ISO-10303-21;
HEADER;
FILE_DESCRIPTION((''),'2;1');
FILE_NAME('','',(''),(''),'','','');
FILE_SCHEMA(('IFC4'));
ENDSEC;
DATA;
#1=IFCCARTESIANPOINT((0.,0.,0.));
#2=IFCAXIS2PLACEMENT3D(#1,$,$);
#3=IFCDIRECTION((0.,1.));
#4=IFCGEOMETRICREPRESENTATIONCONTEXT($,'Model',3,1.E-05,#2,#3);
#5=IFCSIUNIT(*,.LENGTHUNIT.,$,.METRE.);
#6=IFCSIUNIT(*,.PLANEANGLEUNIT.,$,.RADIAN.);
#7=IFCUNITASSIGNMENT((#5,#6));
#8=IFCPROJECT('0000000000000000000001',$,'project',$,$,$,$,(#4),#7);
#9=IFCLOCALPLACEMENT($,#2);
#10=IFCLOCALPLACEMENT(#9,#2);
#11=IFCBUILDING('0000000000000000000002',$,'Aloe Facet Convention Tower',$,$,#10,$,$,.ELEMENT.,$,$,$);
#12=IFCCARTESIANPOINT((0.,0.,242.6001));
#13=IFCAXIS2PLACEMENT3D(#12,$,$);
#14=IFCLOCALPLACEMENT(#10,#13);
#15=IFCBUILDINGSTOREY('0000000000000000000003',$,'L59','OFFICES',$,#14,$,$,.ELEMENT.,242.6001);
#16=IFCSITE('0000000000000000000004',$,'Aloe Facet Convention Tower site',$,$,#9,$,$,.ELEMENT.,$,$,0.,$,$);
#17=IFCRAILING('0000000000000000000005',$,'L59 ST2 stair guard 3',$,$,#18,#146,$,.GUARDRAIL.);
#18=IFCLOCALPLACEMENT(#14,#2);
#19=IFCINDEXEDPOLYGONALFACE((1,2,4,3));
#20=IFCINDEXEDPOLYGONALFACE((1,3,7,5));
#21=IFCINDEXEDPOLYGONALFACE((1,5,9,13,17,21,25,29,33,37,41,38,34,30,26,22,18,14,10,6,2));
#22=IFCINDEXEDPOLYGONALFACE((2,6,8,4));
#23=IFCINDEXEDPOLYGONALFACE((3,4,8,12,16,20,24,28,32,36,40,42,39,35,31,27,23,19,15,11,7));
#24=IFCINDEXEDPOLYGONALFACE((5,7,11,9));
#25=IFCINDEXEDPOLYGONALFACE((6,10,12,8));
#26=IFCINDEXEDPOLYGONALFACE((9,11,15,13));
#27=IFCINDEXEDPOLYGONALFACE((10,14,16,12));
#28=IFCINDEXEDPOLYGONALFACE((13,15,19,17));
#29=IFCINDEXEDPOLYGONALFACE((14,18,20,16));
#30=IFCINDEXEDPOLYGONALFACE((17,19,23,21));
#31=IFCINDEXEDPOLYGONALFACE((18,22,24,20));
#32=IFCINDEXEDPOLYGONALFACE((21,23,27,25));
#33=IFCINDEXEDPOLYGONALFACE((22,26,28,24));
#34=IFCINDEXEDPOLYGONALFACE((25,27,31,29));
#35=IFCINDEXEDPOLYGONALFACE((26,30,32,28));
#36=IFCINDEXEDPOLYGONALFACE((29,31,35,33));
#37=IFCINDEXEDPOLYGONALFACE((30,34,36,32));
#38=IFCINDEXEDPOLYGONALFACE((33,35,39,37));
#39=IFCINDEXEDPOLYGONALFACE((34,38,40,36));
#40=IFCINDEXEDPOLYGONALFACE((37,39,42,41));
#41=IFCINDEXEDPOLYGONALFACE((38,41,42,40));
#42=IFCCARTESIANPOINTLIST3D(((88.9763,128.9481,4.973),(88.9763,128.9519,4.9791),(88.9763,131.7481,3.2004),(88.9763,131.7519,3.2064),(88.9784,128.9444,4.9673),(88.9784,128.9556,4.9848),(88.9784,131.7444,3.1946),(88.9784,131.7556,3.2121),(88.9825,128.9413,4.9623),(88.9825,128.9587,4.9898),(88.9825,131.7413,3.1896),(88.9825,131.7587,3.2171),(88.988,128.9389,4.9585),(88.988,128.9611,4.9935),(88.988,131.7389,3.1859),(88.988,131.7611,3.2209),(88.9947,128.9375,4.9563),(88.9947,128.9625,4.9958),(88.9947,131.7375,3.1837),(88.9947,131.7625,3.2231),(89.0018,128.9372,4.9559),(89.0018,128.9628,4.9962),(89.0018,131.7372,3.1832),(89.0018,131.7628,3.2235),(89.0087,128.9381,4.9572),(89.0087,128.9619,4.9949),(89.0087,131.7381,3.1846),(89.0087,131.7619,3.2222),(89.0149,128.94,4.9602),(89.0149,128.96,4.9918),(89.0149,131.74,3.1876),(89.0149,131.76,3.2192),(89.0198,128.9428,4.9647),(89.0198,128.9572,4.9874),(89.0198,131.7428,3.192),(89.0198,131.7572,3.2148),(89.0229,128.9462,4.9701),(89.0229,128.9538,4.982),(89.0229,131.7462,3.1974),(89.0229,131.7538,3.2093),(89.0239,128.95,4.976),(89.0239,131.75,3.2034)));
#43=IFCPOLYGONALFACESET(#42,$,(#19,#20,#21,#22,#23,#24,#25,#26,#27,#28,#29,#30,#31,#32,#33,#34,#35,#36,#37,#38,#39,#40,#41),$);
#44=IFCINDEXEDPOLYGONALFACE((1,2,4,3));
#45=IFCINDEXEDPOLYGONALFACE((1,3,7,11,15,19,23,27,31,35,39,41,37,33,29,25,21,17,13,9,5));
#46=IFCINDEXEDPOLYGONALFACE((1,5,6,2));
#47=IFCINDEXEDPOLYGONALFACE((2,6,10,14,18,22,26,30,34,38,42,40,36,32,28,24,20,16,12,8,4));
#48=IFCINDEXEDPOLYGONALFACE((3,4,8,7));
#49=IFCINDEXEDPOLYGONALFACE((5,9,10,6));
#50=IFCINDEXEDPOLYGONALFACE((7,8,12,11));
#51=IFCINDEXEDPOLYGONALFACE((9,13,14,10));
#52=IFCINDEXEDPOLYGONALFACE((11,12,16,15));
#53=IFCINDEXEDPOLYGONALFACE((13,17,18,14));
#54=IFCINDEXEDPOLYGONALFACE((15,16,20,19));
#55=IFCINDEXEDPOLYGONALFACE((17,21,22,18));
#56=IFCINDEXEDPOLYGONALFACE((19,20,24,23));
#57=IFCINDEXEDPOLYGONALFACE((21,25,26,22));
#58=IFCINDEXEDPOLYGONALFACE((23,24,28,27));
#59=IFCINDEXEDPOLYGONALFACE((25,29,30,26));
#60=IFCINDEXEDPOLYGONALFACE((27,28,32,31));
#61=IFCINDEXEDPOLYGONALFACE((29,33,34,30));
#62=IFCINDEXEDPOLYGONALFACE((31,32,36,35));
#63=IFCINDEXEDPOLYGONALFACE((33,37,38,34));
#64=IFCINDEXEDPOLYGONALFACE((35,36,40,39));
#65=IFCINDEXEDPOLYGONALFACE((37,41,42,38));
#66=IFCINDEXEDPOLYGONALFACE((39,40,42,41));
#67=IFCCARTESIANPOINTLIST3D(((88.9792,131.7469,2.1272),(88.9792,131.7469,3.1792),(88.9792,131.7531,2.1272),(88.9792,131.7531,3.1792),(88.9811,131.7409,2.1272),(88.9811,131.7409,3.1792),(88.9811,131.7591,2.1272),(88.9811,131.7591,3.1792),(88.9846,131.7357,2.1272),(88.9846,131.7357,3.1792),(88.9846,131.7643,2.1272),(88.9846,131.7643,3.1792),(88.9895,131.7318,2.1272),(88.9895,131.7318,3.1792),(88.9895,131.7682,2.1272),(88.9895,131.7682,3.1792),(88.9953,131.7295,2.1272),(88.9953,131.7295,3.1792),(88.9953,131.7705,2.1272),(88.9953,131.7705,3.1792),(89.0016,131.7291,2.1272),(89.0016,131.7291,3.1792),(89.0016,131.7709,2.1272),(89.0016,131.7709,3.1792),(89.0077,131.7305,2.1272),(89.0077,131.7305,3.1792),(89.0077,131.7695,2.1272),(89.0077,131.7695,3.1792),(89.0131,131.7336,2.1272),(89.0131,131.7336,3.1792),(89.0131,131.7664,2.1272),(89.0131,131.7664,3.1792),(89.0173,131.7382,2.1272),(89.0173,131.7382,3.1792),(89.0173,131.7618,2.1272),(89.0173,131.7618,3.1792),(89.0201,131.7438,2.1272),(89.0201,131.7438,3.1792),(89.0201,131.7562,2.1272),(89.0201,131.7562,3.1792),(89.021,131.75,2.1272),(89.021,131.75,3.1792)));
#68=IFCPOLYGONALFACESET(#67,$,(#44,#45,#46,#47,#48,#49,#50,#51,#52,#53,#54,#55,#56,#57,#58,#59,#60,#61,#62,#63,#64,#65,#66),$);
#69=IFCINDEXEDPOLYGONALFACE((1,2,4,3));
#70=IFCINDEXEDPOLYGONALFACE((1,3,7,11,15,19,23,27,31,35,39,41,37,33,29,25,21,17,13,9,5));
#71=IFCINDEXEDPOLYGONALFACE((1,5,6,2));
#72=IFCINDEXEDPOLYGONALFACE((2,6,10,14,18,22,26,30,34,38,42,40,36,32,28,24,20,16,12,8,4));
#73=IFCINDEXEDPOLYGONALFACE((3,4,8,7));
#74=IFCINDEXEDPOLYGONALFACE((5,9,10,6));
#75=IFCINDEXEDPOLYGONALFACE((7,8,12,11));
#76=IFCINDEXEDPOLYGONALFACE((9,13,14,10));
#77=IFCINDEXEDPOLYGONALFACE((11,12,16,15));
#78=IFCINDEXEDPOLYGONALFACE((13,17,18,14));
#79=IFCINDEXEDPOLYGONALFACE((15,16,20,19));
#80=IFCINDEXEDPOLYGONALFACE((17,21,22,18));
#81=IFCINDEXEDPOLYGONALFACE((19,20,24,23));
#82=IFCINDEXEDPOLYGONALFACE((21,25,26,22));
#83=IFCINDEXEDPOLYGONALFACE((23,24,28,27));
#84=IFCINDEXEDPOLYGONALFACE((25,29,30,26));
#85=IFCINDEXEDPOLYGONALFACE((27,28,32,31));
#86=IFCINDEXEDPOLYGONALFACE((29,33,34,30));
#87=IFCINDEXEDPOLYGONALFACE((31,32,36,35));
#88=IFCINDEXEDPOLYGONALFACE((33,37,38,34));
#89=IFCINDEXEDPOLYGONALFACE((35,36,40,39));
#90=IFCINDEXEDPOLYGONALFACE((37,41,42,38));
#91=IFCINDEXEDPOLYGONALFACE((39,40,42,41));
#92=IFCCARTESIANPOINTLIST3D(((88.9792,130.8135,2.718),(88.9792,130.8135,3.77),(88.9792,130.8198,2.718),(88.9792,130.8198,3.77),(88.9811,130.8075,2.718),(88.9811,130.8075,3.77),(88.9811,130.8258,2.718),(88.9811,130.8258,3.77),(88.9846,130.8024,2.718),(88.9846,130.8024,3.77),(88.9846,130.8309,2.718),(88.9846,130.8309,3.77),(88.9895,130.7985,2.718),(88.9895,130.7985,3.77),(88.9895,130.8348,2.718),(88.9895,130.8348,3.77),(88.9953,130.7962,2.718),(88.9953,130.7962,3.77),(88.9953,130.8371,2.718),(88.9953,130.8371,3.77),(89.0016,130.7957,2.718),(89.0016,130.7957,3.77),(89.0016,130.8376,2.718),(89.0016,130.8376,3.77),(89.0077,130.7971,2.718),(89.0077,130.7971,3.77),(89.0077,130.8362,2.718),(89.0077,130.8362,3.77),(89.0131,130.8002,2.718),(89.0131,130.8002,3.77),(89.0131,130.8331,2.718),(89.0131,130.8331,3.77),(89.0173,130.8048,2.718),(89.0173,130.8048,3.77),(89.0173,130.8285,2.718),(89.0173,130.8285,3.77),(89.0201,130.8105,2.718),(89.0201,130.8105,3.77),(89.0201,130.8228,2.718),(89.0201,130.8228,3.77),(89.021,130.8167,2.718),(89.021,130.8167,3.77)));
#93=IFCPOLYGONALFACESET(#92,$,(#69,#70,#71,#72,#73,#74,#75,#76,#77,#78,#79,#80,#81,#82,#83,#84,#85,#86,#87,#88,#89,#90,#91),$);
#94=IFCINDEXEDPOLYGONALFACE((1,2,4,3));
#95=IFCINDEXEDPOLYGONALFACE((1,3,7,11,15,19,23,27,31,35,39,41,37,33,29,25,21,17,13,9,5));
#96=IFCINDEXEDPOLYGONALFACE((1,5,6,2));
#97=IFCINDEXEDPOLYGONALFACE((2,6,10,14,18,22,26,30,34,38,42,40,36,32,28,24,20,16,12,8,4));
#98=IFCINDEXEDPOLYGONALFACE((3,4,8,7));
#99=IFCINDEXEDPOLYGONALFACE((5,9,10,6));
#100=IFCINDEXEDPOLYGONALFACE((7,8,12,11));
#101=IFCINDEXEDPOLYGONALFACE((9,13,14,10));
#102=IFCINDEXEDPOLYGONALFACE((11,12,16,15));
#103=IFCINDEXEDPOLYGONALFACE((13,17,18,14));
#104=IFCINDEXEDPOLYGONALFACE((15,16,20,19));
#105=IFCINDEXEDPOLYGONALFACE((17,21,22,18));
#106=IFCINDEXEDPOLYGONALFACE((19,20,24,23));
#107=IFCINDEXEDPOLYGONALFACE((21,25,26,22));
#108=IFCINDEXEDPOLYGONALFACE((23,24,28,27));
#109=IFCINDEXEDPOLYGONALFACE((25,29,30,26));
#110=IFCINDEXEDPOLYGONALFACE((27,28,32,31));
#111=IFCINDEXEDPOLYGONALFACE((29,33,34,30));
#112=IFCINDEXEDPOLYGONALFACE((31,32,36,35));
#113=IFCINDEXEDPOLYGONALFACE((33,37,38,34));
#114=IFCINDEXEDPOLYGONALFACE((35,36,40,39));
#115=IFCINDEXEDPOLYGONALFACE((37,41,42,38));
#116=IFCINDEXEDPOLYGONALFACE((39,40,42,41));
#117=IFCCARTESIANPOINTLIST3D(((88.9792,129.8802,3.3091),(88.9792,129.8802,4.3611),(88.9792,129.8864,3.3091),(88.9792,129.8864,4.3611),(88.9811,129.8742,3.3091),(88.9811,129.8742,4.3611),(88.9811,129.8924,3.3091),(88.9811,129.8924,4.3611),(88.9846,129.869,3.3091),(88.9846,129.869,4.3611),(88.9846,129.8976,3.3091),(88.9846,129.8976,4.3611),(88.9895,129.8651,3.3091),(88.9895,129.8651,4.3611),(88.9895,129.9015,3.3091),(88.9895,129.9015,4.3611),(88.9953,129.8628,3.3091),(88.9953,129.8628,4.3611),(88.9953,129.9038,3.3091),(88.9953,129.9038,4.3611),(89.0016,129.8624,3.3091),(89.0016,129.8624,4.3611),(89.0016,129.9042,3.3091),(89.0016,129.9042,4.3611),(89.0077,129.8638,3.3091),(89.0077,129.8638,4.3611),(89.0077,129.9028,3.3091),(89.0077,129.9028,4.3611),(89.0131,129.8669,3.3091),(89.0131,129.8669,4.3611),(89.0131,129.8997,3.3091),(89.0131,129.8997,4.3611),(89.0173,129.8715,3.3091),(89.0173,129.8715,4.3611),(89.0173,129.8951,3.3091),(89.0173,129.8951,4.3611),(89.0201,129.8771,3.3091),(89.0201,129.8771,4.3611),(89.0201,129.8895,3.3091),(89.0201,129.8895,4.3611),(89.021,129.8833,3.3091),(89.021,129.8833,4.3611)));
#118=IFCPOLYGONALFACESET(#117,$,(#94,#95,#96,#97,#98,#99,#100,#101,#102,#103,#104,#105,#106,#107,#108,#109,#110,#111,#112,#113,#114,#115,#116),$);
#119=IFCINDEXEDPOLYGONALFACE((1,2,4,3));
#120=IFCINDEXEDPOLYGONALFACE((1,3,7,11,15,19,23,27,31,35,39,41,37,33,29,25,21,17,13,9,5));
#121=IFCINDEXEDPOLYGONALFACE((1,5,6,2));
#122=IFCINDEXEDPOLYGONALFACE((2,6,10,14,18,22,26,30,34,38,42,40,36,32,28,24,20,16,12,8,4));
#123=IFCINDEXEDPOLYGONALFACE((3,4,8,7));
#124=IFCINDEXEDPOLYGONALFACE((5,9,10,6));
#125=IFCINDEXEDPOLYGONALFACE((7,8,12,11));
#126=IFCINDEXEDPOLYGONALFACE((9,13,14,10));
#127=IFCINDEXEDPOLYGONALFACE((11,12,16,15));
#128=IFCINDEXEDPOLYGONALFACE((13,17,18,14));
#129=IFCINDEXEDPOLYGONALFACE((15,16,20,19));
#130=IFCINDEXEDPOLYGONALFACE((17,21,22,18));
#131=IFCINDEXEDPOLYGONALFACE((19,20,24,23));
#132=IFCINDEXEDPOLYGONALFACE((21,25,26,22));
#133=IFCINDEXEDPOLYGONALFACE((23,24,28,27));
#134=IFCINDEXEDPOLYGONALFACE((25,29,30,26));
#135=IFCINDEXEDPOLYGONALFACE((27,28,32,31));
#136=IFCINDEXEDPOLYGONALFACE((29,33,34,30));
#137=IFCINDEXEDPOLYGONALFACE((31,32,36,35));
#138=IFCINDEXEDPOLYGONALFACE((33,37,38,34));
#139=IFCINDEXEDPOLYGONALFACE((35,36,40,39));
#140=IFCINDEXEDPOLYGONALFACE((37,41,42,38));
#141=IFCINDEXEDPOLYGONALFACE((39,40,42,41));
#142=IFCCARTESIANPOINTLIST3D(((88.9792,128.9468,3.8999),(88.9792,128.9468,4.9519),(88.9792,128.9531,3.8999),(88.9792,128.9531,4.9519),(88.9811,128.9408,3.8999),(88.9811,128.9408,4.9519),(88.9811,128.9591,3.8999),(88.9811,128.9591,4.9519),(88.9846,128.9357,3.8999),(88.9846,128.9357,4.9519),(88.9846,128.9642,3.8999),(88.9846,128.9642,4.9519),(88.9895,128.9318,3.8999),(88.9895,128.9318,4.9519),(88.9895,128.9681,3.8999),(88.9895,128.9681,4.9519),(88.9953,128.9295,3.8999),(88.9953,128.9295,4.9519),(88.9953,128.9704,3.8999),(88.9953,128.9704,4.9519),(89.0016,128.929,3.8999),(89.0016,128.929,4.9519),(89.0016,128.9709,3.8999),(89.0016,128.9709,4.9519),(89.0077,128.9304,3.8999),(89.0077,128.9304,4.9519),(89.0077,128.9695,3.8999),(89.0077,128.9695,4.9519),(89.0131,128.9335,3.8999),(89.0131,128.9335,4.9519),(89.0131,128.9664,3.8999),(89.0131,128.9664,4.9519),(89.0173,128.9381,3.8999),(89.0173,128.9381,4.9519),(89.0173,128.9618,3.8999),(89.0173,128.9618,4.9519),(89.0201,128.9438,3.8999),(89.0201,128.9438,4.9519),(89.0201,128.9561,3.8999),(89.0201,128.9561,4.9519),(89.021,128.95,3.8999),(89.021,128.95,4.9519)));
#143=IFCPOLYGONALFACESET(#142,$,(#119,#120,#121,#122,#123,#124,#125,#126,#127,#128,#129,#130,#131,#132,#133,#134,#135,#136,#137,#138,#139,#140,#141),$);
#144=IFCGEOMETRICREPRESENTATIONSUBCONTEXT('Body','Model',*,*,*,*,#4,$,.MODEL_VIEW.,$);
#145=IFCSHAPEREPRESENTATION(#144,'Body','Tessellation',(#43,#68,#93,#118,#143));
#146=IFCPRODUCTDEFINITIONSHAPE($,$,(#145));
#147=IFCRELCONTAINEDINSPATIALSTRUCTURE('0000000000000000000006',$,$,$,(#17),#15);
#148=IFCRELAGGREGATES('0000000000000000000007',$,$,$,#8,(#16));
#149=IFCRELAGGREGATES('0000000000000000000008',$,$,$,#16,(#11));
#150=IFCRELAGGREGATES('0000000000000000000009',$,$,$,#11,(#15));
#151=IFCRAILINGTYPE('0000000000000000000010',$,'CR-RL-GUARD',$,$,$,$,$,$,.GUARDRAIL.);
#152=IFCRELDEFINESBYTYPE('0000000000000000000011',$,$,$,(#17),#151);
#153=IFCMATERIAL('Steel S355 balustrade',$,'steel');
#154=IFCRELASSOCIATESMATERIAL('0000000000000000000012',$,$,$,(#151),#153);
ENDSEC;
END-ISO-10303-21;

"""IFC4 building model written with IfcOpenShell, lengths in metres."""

from ifc_helpers import new_model, si_unit, direction, frame, origin, origin_2d, place, context, subcontext, project, spatial, circle, extrude, material, type_object, element, save


model = new_model("IFC4")

# Units and contexts
model_context = context("Model", 3, precision=1e-05, world=origin(), true_north=direction((0.0, 1.0)))
body_context = subcontext(model_context, "Body", "Model", "MODEL_VIEW")
ifc_project = project(units=[si_unit("LENGTHUNIT", "METRE"), si_unit("PLANEANGLEUNIT", "RADIAN")], contexts=[model_context])

# Site, building, storey
site_placement = place(None, origin())
site = spatial("IfcSite", under=ifc_project, at=site_placement, Name="Aloe Facet Convention Tower site", CompositionType="ELEMENT", RefElevation=0.0)
building_placement = place(site_placement, origin())
building = spatial("IfcBuilding", under=site, at=building_placement, Name="Aloe Facet Convention Tower", CompositionType="ELEMENT")
storey_placement = place(building_placement, frame((0.0, 0.0, 242.6001)))
storey = spatial("IfcBuildingStorey", under=building, at=storey_placement, Name="L59", Description="OFFICES", CompositionType="ELEMENT", Elevation=242.6001)

# Railing
ifc_material_1 = material(Name="Steel S355 balustrade", Category="steel")
railing_type_1 = type_object("IfcRailingType", Name="CR-RL-GUARD", PredefinedType="GUARDRAIL", material=ifc_material_1)
railing_1_placement = place(storey_placement, frame((89.0, 131.75, 2.1272)))
element("IfcRailing", 1, at=railing_1_placement, inside=storey, type_object=railing_type_1, Name="L59 ST2 stair guard 3", PredefinedType="GUARDRAIL", context=body_context, shape_type="SweptSolid", body=[
    extrude(circle(Radius=0.0239, at=origin_2d()), frame((0.0, 0.0, 1.0762), z_axis=(0.0, -0.844909, 0.53491), x_axis=(1.0, 0.0, 0.0)), (0.0, 0.0, 1.0), 3.314),
    extrude(circle(Radius=0.021, at=origin_2d()), origin(), (0.0, 0.0, 1.0), 1.052),
    extrude(circle(Radius=0.021, at=origin_2d()), frame((0.0, -0.9333, 0.5908)), (0.0, 0.0, 1.0), 1.052),
    extrude(circle(Radius=0.021, at=origin_2d()), frame((0.0, -1.8667, 1.1819)), (0.0, 0.0, 1.0), 1.052),
    extrude(circle(Radius=0.021, at=origin_2d()), frame((0.0, -2.8, 1.7727)), (0.0, 0.0, 1.0), 1.052),
])

save(model, "model.ifc")
